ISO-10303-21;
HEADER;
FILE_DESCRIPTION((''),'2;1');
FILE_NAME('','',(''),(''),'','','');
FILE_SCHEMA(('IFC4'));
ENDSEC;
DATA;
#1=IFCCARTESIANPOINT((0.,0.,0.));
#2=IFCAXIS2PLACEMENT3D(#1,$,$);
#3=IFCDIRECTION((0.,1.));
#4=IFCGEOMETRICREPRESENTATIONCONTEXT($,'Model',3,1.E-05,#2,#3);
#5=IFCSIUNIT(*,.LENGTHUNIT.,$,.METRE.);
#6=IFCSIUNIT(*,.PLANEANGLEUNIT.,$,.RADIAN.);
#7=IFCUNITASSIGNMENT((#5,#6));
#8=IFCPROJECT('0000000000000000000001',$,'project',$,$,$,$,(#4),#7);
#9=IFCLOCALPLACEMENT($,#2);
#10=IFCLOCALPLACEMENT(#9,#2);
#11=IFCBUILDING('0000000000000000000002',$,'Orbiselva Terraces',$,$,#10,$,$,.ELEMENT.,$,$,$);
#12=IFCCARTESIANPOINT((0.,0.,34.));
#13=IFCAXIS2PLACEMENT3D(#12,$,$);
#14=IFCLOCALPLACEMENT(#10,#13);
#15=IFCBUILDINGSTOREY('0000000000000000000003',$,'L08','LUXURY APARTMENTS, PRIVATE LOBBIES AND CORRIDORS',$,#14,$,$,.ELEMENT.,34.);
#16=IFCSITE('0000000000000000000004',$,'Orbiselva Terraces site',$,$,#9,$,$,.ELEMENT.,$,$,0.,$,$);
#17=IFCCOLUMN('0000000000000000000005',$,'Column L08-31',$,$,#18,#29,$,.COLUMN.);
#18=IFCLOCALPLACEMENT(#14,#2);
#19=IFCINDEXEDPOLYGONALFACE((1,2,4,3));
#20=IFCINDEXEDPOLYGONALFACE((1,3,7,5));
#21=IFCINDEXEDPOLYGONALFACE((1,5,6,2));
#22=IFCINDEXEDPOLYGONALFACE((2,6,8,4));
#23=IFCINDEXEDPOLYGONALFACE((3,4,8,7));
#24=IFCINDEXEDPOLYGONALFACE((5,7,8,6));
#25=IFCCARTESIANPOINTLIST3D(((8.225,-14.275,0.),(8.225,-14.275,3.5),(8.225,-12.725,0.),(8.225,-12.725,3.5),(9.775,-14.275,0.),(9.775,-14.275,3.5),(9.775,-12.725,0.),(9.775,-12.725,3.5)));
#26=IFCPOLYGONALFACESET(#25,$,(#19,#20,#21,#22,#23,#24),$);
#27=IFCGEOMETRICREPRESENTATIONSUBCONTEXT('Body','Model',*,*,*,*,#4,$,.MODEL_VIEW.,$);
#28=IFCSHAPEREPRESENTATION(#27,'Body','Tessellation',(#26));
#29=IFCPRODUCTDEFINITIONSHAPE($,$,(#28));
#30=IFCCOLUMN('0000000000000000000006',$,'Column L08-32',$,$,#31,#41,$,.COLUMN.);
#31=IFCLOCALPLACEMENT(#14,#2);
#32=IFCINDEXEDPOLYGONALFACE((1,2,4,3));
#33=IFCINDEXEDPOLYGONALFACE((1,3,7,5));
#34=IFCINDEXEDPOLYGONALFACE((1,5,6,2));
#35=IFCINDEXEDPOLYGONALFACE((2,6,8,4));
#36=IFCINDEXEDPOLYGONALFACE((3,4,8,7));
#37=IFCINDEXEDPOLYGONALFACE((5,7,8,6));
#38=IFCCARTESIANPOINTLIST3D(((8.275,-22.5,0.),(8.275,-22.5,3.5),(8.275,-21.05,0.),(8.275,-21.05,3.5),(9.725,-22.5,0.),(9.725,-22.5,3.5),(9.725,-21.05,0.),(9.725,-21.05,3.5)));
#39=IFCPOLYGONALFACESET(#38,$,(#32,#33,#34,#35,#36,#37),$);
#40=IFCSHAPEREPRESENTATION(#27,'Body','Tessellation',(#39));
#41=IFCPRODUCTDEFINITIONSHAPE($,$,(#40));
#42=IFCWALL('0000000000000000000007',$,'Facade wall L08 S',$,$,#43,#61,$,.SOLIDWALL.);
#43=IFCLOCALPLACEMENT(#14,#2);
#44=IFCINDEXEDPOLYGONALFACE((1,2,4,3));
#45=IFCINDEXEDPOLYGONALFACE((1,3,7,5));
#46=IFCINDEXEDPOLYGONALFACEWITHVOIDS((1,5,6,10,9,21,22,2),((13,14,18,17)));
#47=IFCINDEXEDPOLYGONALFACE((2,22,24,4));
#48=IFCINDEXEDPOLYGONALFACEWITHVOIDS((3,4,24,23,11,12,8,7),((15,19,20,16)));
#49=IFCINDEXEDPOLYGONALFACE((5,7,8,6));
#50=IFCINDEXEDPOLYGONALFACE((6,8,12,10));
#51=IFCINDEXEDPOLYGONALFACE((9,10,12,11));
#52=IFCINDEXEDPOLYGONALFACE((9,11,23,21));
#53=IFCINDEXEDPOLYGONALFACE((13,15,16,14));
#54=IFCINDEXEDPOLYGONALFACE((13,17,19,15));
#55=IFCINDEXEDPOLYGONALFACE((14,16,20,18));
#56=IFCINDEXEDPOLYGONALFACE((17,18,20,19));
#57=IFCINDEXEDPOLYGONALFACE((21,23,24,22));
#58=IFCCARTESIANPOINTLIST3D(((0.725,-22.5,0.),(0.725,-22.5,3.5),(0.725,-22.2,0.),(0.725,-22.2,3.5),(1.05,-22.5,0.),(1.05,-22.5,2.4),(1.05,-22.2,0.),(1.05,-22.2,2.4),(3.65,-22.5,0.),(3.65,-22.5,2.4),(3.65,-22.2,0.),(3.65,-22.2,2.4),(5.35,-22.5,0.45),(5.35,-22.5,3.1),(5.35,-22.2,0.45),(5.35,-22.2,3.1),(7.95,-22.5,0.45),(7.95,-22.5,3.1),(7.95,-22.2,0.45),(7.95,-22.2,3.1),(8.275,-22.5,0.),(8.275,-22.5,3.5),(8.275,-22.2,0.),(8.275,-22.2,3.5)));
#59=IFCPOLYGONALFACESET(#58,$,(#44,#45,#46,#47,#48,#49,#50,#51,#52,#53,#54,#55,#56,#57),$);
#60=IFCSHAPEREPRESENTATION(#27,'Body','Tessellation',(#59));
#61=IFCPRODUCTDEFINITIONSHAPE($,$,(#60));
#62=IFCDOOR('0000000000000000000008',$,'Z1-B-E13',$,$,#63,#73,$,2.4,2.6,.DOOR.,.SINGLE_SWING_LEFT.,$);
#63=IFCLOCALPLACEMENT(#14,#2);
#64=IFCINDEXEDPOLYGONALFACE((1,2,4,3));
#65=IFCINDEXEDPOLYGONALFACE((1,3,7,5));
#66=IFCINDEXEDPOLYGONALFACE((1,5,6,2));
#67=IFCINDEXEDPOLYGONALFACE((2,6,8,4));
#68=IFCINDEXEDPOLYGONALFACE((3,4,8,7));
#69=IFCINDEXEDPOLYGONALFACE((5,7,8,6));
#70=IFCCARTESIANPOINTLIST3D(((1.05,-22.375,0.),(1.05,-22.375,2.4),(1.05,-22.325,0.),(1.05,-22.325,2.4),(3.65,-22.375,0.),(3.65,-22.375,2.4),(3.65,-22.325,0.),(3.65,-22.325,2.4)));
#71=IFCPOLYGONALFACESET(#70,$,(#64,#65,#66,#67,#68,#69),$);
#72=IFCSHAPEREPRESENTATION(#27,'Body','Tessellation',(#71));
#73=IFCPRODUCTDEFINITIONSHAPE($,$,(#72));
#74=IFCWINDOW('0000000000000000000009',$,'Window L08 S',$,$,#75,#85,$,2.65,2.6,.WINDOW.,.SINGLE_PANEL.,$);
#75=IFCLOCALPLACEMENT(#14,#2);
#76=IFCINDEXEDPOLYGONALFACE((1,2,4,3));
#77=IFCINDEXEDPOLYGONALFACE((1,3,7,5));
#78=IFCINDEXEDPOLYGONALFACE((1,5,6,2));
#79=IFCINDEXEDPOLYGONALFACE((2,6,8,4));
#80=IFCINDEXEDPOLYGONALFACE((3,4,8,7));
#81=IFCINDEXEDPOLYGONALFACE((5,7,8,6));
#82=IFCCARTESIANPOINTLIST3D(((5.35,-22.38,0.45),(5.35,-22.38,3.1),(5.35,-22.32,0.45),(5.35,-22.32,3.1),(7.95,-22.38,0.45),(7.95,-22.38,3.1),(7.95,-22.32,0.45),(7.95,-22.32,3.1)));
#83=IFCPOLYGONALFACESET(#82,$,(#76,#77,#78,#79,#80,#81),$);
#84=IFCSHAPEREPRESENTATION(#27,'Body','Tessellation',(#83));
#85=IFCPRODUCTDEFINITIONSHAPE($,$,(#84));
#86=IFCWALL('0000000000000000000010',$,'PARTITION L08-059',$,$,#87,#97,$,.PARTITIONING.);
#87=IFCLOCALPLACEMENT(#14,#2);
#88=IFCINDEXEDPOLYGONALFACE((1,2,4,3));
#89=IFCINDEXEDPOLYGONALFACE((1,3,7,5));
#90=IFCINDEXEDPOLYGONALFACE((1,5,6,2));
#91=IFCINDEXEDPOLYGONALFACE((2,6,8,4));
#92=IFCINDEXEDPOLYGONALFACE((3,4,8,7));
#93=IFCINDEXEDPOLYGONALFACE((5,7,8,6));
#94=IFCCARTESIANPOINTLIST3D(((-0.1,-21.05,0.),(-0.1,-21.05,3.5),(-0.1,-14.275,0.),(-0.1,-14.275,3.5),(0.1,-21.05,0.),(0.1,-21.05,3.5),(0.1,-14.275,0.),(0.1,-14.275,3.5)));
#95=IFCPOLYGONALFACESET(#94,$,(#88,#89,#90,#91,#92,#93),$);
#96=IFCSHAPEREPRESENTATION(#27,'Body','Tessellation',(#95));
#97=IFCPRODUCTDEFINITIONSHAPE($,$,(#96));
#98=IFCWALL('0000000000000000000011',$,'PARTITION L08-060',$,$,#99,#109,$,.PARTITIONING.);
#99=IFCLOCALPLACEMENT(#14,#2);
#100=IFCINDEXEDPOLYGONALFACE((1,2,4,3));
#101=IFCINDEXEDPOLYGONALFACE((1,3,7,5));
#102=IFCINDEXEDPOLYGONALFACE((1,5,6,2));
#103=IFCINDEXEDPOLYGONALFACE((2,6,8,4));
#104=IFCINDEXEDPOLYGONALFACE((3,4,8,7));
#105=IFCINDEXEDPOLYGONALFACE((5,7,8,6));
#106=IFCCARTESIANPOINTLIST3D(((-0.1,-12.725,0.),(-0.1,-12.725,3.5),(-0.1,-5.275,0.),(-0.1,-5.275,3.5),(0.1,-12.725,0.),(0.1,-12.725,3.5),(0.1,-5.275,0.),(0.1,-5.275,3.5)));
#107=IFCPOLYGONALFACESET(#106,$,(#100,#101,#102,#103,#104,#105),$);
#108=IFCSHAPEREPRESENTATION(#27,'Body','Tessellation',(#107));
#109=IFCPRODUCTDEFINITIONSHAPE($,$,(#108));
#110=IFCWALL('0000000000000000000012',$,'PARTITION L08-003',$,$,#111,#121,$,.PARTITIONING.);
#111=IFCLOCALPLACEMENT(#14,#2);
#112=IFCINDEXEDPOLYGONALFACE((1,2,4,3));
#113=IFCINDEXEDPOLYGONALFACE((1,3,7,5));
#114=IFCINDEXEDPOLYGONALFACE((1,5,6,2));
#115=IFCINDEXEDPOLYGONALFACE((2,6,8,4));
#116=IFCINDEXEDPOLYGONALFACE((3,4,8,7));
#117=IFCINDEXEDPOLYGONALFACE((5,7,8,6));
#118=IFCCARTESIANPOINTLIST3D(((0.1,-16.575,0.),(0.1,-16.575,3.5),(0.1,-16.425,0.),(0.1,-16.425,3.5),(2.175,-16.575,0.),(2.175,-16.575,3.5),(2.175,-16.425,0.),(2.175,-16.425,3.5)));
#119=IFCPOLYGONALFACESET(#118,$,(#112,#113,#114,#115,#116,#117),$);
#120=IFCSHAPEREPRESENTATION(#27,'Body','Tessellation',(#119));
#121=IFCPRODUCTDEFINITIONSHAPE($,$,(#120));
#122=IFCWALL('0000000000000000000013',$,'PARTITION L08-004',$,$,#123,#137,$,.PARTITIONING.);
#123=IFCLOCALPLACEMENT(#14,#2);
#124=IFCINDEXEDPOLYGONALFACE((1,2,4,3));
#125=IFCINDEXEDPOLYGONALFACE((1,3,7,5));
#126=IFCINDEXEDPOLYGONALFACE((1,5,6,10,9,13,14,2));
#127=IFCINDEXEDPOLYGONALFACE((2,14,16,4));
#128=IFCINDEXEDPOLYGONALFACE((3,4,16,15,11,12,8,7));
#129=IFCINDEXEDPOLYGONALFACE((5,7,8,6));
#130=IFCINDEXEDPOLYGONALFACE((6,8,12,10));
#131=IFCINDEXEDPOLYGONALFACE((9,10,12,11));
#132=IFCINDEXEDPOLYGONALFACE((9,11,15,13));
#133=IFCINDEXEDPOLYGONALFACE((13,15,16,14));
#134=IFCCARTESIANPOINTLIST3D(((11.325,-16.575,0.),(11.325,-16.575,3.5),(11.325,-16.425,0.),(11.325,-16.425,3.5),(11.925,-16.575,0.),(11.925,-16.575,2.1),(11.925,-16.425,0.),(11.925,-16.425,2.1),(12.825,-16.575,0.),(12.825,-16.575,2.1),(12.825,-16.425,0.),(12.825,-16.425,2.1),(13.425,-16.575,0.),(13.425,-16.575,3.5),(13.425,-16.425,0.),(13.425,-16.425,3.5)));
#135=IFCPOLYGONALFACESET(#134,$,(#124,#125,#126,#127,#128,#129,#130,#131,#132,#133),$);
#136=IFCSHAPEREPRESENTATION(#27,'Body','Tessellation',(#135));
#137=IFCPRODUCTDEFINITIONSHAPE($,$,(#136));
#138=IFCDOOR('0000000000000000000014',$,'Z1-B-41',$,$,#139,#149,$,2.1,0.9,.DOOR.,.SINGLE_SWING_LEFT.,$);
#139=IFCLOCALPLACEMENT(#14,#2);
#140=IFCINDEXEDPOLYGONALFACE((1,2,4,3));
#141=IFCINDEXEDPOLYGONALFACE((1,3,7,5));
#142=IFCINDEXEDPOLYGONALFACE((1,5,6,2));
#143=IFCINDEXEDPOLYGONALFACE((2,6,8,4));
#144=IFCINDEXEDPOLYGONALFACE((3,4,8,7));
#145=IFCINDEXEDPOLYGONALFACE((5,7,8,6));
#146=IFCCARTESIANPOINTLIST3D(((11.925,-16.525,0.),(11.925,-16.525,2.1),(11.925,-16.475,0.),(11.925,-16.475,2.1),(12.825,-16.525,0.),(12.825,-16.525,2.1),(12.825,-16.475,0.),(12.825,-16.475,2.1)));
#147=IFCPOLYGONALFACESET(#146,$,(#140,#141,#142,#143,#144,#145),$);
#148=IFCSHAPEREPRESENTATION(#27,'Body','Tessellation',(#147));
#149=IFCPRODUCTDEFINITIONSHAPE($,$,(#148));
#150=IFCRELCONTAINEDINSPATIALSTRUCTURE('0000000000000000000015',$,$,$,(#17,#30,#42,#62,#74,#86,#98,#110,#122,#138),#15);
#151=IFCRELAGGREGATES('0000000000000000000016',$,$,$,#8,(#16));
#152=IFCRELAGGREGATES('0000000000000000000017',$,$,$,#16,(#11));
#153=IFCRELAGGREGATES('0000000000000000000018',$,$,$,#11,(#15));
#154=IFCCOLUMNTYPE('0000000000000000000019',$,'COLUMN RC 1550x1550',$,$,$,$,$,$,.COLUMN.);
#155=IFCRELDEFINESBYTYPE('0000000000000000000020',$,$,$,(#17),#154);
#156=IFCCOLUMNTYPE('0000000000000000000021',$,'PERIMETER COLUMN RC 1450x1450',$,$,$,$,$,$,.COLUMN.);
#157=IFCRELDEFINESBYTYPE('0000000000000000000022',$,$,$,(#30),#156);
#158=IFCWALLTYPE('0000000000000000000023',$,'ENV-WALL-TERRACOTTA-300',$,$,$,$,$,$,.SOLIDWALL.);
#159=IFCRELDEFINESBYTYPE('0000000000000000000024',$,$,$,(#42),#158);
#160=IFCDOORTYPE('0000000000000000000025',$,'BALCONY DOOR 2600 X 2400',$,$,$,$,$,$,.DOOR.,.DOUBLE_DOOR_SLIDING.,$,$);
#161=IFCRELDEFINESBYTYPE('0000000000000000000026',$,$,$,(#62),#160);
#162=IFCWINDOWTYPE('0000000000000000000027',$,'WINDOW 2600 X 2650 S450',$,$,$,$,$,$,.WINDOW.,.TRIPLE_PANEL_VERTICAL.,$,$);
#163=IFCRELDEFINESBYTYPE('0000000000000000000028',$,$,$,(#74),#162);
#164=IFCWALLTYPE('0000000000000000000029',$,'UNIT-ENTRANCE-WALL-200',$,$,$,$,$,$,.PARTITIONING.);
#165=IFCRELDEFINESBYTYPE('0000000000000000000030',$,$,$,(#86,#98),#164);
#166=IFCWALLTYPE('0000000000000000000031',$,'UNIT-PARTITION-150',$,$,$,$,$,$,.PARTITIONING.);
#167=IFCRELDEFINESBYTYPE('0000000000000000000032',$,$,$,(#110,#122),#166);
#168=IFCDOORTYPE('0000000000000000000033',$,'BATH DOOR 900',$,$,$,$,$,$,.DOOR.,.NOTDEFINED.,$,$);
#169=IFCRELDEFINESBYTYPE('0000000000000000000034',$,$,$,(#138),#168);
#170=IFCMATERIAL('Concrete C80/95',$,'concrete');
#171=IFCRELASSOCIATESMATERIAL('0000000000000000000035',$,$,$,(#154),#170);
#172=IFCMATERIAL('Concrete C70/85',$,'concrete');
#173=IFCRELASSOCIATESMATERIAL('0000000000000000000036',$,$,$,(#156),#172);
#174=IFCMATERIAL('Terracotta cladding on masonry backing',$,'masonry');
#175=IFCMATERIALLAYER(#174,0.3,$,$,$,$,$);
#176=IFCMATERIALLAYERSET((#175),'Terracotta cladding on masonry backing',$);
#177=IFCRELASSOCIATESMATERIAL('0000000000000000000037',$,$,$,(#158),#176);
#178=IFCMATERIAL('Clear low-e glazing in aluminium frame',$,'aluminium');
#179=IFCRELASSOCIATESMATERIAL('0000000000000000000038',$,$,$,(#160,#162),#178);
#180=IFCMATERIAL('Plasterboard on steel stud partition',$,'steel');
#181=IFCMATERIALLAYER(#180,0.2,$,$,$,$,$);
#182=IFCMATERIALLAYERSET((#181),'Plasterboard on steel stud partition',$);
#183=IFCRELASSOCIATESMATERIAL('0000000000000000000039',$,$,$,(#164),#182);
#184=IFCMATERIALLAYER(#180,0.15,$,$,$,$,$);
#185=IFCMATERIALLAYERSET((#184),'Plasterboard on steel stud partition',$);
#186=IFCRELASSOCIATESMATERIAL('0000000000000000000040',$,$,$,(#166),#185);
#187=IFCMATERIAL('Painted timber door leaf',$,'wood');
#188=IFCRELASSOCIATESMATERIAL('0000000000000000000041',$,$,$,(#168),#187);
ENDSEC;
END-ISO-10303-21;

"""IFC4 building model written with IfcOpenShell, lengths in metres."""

from ifc_helpers import new_model, si_unit, direction, frame, frame_2d, origin, origin_2d, place, context, subcontext, project, spatial, rectangle, extrude, material, layer, layer_set, material_profile, profile_set, type_object, element, fill, save


model = new_model("IFC4")

# Units and contexts
model_context = context("Model", 3, precision=1e-05, world=origin(), true_north=direction((0.0, 1.0)))
body_context = subcontext(model_context, "Body", "Model", "MODEL_VIEW")
ifc_project = project(units=[si_unit("LENGTHUNIT", "METRE"), si_unit("PLANEANGLEUNIT", "RADIAN")], contexts=[model_context])

# Site, building, storey
site_placement = place(None, origin())
site = spatial("IfcSite", under=ifc_project, at=site_placement, Name="Orbiselva Terraces site", CompositionType="ELEMENT", RefElevation=0.0)
building_placement = place(site_placement, origin())
building = spatial("IfcBuilding", under=site, at=building_placement, Name="Orbiselva Terraces", CompositionType="ELEMENT")
storey_placement = place(building_placement, frame((0.0, 0.0, 34.0)))
storey = spatial("IfcBuildingStorey", under=building, at=storey_placement, Name="L08", Description="LUXURY APARTMENTS, PRIVATE LOBBIES AND CORRIDORS", CompositionType="ELEMENT", Elevation=34.0)

# Columns
ifc_material_1 = material(Name="Concrete C80/95", Category="concrete")
ifc_material_profile_1 = material_profile(ifc_material_1, rectangle(XDim=1.55, YDim=1.55, at=origin_2d()), Name="RC 1550x1550")
ifc_profile_set_1 = profile_set([ifc_material_profile_1], Name="Concrete C80/95")
column_type_1 = type_object("IfcColumnType", Name="COLUMN RC 1550x1550", PredefinedType="COLUMN", material=ifc_profile_set_1)
column_1_placement = place(storey_placement, frame((9.0, -13.5, 0.0), z_axis=(0.0, 0.0, 1.0), x_axis=(1.0, 0.0, 0.0)))
element("IfcColumn", 1, at=column_1_placement, inside=storey, type_object=column_type_1, Name="Column L08-31", PredefinedType="COLUMN", context=body_context, shape_type="SweptSolid", body=[
    extrude(rectangle(XDim=1.55, YDim=1.55, at=origin_2d()), origin(), (0.0, 0.0, 1.0), 3.5),
])
ifc_material_2 = material(Name="Concrete C70/85", Category="concrete")
ifc_material_profile_2 = material_profile(ifc_material_2, rectangle(XDim=1.45, YDim=1.45, at=origin_2d()), Name="RC 1450x1450")
ifc_profile_set_2 = profile_set([ifc_material_profile_2], Name="Concrete C70/85")
column_type_2 = type_object("IfcColumnType", Name="PERIMETER COLUMN RC 1450x1450", PredefinedType="COLUMN", material=ifc_profile_set_2)
column_2_placement = place(storey_placement, frame((9.0, -21.775, 0.0), z_axis=(0.0, 0.0, 1.0), x_axis=(1.0, 0.0, 0.0)))
element("IfcColumn", 2, at=column_2_placement, inside=storey, type_object=column_type_2, Name="Column L08-32", PredefinedType="COLUMN", context=body_context, shape_type="SweptSolid", body=[
    extrude(rectangle(XDim=1.45, YDim=1.45, at=origin_2d()), origin(), (0.0, 0.0, 1.0), 3.5),
])

# Wall, openings, door, window
ifc_material_3 = material(Name="Terracotta cladding on masonry backing", Category="masonry")
ifc_layer_1 = layer(ifc_material_3, 0.3)
ifc_layer_set_1 = layer_set([ifc_layer_1], Name="Terracotta cladding on masonry backing")
wall_type_1 = type_object("IfcWallType", Name="ENV-WALL-TERRACOTTA-300", PredefinedType="SOLIDWALL", material=ifc_layer_set_1)
wall_1_placement = place(storey_placement, frame((8.275, -22.35, 0.0), z_axis=(0.0, 0.0, 1.0), x_axis=(-1.0, 0.0, 0.0)))
wall_1 = element("IfcWall", 3, at=wall_1_placement, inside=storey, type_object=wall_type_1, Name="Facade wall L08 S", PredefinedType="SOLIDWALL", context=body_context, shape_type="SweptSolid", body=[
    extrude(rectangle(XDim=7.55, YDim=0.3, at=frame_2d((3.775, 0.0))), origin(), (0.0, 0.0, 1.0), 3.5),
])
opening_1_placement = place(wall_1_placement, frame((4.625, 0.0, 0.0)))
opening_1 = element("IfcOpeningElement", 4, at=opening_1_placement, cuts=wall_1, PredefinedType="OPENING", context=body_context, shape_type="SweptSolid", body=[
    extrude(rectangle(XDim=2.6, YDim=2.4, at=frame_2d((1.3, 1.2))), frame((0.0, 0.16, 0.0), z_axis=(0.0, -1.0, 0.0), x_axis=(1.0, 0.0, 0.0)), (0.0, 0.0, 1.0), 0.32),
])
opening_2_placement = place(wall_1_placement, frame((0.325, 0.0, 0.45)))
opening_2 = element("IfcOpeningElement", 5, at=opening_2_placement, cuts=wall_1, PredefinedType="OPENING", context=body_context, shape_type="SweptSolid", body=[
    extrude(rectangle(XDim=2.6, YDim=2.65, at=frame_2d((1.3, 1.325))), frame((0.0, 0.16, 0.0), z_axis=(0.0, -1.0, 0.0), x_axis=(1.0, 0.0, 0.0)), (0.0, 0.0, 1.0), 0.32),
])
ifc_material_4 = material(Name="Clear low-e glazing in aluminium frame", Category="aluminium")
door_type_1 = type_object("IfcDoorType", Name="BALCONY DOOR 2600 X 2400", OperationType="DOUBLE_DOOR_SLIDING", PredefinedType="DOOR", material=ifc_material_4)
door_1_placement = place(opening_1_placement, origin())
door_1 = element("IfcDoor", 6, at=door_1_placement, inside=storey, type_object=door_type_1, Name="Z1-B-E13", OperationType="SINGLE_SWING_LEFT", OverallHeight=2.4, OverallWidth=2.6, PredefinedType="DOOR", context=body_context, shape_type="SweptSolid", body=[
    extrude(rectangle(XDim=2.6, YDim=2.4, at=frame_2d((1.3, 1.2))), frame((0.0, 0.025, 0.0), z_axis=(0.0, -1.0, 0.0), x_axis=(1.0, 0.0, 0.0)), (0.0, 0.0, 1.0), 0.05),
])
fill(opening_1, door_1)
window_type = type_object("IfcWindowType", Name="WINDOW 2600 X 2650 S450", PartitioningType="TRIPLE_PANEL_VERTICAL", PredefinedType="WINDOW", material=ifc_material_4)
window_placement = place(opening_2_placement, origin())
window = element("IfcWindow", 7, at=window_placement, inside=storey, type_object=window_type, Name="Window L08 S", OverallHeight=2.65, OverallWidth=2.6, PartitioningType="SINGLE_PANEL", PredefinedType="WINDOW", context=body_context, shape_type="SweptSolid", body=[
    extrude(rectangle(XDim=2.6, YDim=2.65, at=frame_2d((1.3, 1.325))), frame((0.0, 0.03, 0.0), z_axis=(0.0, -1.0, 0.0), x_axis=(1.0, 0.0, 0.0)), (0.0, 0.0, 1.0), 0.06),
])
fill(opening_2, window)

# Walls
ifc_material_5 = material(Name="Plasterboard on steel stud partition", Category="steel")
ifc_layer_2 = layer(ifc_material_5, 0.2)
ifc_layer_set_2 = layer_set([ifc_layer_2], Name="Plasterboard on steel stud partition")
wall_type_2 = type_object("IfcWallType", Name="UNIT-ENTRANCE-WALL-200", PredefinedType="PARTITIONING", material=ifc_layer_set_2)
wall_2_placement = place(storey_placement, frame((0.0, -21.05, 0.0), z_axis=(0.0, 0.0, 1.0), x_axis=(0.0, 1.0, 0.0)))
element("IfcWall", 8, at=wall_2_placement, inside=storey, type_object=wall_type_2, Name="PARTITION L08-059", PredefinedType="PARTITIONING", context=body_context, shape_type="SweptSolid", body=[
    extrude(rectangle(XDim=6.775, YDim=0.2, at=frame_2d((3.3875, 0.0))), origin(), (0.0, 0.0, 1.0), 3.5),
])
wall_3_placement = place(storey_placement, frame((0.0, -12.725, 0.0), z_axis=(0.0, 0.0, 1.0), x_axis=(0.0, 1.0, 0.0)))
element("IfcWall", 9, at=wall_3_placement, inside=storey, type_object=wall_type_2, Name="PARTITION L08-060", PredefinedType="PARTITIONING", context=body_context, shape_type="SweptSolid", body=[
    extrude(rectangle(XDim=7.45, YDim=0.2, at=frame_2d((3.725, 0.0))), origin(), (0.0, 0.0, 1.0), 3.5),
])
ifc_layer_3 = layer(ifc_material_5, 0.15)
ifc_layer_set_3 = layer_set([ifc_layer_3], Name="Plasterboard on steel stud partition")
wall_type_3 = type_object("IfcWallType", Name="UNIT-PARTITION-150", PredefinedType="PARTITIONING", material=ifc_layer_set_3)
wall_4_placement = place(storey_placement, frame((0.1, -16.5, 0.0), z_axis=(0.0, 0.0, 1.0), x_axis=(1.0, 0.0, 0.0)))
element("IfcWall", 10, at=wall_4_placement, inside=storey, type_object=wall_type_3, Name="PARTITION L08-003", PredefinedType="PARTITIONING", context=body_context, shape_type="SweptSolid", body=[
    extrude(rectangle(XDim=2.075, YDim=0.15, at=frame_2d((1.0375, 0.0))), origin(), (0.0, 0.0, 1.0), 3.5),
])

# Wall, opening, door
wall_5_placement = place(storey_placement, frame((11.325, -16.5, 0.0), z_axis=(0.0, 0.0, 1.0), x_axis=(1.0, 0.0, 0.0)))
wall_5 = element("IfcWall", 11, at=wall_5_placement, inside=storey, type_object=wall_type_3, Name="PARTITION L08-004", PredefinedType="PARTITIONING", context=body_context, shape_type="SweptSolid", body=[
    extrude(rectangle(XDim=2.1, YDim=0.15, at=frame_2d((1.05, 0.0))), origin(), (0.0, 0.0, 1.0), 3.5),
])
opening_3_placement = place(wall_5_placement, frame((0.6, 0.0, 0.0)))
opening_3 = element("IfcOpeningElement", 12, at=opening_3_placement, cuts=wall_5, PredefinedType="OPENING", context=body_context, shape_type="SweptSolid", body=[
    extrude(rectangle(XDim=0.9, YDim=2.1, at=frame_2d((0.45, 1.05))), frame((0.0, 0.085, 0.0), z_axis=(0.0, -1.0, 0.0), x_axis=(1.0, 0.0, 0.0)), (0.0, 0.0, 1.0), 0.17),
])
ifc_material_6 = material(Name="Painted timber door leaf", Category="wood")
door_type_2 = type_object("IfcDoorType", Name="BATH DOOR 900", OperationType="NOTDEFINED", PredefinedType="DOOR", material=ifc_material_6)
door_2_placement = place(opening_3_placement, origin())
door_2 = element("IfcDoor", 13, at=door_2_placement, inside=storey, type_object=door_type_2, Name="Z1-B-41", OperationType="SINGLE_SWING_LEFT", OverallHeight=2.1, OverallWidth=0.9, PredefinedType="DOOR", context=body_context, shape_type="SweptSolid", body=[
    extrude(rectangle(XDim=0.9, YDim=2.1, at=frame_2d((0.45, 1.05))), frame((0.0, 0.025, 0.0), z_axis=(0.0, -1.0, 0.0), x_axis=(1.0, 0.0, 0.0)), (0.0, 0.0, 1.0), 0.05),
])
fill(opening_3, door_2)

save(model, "model.ifc")
